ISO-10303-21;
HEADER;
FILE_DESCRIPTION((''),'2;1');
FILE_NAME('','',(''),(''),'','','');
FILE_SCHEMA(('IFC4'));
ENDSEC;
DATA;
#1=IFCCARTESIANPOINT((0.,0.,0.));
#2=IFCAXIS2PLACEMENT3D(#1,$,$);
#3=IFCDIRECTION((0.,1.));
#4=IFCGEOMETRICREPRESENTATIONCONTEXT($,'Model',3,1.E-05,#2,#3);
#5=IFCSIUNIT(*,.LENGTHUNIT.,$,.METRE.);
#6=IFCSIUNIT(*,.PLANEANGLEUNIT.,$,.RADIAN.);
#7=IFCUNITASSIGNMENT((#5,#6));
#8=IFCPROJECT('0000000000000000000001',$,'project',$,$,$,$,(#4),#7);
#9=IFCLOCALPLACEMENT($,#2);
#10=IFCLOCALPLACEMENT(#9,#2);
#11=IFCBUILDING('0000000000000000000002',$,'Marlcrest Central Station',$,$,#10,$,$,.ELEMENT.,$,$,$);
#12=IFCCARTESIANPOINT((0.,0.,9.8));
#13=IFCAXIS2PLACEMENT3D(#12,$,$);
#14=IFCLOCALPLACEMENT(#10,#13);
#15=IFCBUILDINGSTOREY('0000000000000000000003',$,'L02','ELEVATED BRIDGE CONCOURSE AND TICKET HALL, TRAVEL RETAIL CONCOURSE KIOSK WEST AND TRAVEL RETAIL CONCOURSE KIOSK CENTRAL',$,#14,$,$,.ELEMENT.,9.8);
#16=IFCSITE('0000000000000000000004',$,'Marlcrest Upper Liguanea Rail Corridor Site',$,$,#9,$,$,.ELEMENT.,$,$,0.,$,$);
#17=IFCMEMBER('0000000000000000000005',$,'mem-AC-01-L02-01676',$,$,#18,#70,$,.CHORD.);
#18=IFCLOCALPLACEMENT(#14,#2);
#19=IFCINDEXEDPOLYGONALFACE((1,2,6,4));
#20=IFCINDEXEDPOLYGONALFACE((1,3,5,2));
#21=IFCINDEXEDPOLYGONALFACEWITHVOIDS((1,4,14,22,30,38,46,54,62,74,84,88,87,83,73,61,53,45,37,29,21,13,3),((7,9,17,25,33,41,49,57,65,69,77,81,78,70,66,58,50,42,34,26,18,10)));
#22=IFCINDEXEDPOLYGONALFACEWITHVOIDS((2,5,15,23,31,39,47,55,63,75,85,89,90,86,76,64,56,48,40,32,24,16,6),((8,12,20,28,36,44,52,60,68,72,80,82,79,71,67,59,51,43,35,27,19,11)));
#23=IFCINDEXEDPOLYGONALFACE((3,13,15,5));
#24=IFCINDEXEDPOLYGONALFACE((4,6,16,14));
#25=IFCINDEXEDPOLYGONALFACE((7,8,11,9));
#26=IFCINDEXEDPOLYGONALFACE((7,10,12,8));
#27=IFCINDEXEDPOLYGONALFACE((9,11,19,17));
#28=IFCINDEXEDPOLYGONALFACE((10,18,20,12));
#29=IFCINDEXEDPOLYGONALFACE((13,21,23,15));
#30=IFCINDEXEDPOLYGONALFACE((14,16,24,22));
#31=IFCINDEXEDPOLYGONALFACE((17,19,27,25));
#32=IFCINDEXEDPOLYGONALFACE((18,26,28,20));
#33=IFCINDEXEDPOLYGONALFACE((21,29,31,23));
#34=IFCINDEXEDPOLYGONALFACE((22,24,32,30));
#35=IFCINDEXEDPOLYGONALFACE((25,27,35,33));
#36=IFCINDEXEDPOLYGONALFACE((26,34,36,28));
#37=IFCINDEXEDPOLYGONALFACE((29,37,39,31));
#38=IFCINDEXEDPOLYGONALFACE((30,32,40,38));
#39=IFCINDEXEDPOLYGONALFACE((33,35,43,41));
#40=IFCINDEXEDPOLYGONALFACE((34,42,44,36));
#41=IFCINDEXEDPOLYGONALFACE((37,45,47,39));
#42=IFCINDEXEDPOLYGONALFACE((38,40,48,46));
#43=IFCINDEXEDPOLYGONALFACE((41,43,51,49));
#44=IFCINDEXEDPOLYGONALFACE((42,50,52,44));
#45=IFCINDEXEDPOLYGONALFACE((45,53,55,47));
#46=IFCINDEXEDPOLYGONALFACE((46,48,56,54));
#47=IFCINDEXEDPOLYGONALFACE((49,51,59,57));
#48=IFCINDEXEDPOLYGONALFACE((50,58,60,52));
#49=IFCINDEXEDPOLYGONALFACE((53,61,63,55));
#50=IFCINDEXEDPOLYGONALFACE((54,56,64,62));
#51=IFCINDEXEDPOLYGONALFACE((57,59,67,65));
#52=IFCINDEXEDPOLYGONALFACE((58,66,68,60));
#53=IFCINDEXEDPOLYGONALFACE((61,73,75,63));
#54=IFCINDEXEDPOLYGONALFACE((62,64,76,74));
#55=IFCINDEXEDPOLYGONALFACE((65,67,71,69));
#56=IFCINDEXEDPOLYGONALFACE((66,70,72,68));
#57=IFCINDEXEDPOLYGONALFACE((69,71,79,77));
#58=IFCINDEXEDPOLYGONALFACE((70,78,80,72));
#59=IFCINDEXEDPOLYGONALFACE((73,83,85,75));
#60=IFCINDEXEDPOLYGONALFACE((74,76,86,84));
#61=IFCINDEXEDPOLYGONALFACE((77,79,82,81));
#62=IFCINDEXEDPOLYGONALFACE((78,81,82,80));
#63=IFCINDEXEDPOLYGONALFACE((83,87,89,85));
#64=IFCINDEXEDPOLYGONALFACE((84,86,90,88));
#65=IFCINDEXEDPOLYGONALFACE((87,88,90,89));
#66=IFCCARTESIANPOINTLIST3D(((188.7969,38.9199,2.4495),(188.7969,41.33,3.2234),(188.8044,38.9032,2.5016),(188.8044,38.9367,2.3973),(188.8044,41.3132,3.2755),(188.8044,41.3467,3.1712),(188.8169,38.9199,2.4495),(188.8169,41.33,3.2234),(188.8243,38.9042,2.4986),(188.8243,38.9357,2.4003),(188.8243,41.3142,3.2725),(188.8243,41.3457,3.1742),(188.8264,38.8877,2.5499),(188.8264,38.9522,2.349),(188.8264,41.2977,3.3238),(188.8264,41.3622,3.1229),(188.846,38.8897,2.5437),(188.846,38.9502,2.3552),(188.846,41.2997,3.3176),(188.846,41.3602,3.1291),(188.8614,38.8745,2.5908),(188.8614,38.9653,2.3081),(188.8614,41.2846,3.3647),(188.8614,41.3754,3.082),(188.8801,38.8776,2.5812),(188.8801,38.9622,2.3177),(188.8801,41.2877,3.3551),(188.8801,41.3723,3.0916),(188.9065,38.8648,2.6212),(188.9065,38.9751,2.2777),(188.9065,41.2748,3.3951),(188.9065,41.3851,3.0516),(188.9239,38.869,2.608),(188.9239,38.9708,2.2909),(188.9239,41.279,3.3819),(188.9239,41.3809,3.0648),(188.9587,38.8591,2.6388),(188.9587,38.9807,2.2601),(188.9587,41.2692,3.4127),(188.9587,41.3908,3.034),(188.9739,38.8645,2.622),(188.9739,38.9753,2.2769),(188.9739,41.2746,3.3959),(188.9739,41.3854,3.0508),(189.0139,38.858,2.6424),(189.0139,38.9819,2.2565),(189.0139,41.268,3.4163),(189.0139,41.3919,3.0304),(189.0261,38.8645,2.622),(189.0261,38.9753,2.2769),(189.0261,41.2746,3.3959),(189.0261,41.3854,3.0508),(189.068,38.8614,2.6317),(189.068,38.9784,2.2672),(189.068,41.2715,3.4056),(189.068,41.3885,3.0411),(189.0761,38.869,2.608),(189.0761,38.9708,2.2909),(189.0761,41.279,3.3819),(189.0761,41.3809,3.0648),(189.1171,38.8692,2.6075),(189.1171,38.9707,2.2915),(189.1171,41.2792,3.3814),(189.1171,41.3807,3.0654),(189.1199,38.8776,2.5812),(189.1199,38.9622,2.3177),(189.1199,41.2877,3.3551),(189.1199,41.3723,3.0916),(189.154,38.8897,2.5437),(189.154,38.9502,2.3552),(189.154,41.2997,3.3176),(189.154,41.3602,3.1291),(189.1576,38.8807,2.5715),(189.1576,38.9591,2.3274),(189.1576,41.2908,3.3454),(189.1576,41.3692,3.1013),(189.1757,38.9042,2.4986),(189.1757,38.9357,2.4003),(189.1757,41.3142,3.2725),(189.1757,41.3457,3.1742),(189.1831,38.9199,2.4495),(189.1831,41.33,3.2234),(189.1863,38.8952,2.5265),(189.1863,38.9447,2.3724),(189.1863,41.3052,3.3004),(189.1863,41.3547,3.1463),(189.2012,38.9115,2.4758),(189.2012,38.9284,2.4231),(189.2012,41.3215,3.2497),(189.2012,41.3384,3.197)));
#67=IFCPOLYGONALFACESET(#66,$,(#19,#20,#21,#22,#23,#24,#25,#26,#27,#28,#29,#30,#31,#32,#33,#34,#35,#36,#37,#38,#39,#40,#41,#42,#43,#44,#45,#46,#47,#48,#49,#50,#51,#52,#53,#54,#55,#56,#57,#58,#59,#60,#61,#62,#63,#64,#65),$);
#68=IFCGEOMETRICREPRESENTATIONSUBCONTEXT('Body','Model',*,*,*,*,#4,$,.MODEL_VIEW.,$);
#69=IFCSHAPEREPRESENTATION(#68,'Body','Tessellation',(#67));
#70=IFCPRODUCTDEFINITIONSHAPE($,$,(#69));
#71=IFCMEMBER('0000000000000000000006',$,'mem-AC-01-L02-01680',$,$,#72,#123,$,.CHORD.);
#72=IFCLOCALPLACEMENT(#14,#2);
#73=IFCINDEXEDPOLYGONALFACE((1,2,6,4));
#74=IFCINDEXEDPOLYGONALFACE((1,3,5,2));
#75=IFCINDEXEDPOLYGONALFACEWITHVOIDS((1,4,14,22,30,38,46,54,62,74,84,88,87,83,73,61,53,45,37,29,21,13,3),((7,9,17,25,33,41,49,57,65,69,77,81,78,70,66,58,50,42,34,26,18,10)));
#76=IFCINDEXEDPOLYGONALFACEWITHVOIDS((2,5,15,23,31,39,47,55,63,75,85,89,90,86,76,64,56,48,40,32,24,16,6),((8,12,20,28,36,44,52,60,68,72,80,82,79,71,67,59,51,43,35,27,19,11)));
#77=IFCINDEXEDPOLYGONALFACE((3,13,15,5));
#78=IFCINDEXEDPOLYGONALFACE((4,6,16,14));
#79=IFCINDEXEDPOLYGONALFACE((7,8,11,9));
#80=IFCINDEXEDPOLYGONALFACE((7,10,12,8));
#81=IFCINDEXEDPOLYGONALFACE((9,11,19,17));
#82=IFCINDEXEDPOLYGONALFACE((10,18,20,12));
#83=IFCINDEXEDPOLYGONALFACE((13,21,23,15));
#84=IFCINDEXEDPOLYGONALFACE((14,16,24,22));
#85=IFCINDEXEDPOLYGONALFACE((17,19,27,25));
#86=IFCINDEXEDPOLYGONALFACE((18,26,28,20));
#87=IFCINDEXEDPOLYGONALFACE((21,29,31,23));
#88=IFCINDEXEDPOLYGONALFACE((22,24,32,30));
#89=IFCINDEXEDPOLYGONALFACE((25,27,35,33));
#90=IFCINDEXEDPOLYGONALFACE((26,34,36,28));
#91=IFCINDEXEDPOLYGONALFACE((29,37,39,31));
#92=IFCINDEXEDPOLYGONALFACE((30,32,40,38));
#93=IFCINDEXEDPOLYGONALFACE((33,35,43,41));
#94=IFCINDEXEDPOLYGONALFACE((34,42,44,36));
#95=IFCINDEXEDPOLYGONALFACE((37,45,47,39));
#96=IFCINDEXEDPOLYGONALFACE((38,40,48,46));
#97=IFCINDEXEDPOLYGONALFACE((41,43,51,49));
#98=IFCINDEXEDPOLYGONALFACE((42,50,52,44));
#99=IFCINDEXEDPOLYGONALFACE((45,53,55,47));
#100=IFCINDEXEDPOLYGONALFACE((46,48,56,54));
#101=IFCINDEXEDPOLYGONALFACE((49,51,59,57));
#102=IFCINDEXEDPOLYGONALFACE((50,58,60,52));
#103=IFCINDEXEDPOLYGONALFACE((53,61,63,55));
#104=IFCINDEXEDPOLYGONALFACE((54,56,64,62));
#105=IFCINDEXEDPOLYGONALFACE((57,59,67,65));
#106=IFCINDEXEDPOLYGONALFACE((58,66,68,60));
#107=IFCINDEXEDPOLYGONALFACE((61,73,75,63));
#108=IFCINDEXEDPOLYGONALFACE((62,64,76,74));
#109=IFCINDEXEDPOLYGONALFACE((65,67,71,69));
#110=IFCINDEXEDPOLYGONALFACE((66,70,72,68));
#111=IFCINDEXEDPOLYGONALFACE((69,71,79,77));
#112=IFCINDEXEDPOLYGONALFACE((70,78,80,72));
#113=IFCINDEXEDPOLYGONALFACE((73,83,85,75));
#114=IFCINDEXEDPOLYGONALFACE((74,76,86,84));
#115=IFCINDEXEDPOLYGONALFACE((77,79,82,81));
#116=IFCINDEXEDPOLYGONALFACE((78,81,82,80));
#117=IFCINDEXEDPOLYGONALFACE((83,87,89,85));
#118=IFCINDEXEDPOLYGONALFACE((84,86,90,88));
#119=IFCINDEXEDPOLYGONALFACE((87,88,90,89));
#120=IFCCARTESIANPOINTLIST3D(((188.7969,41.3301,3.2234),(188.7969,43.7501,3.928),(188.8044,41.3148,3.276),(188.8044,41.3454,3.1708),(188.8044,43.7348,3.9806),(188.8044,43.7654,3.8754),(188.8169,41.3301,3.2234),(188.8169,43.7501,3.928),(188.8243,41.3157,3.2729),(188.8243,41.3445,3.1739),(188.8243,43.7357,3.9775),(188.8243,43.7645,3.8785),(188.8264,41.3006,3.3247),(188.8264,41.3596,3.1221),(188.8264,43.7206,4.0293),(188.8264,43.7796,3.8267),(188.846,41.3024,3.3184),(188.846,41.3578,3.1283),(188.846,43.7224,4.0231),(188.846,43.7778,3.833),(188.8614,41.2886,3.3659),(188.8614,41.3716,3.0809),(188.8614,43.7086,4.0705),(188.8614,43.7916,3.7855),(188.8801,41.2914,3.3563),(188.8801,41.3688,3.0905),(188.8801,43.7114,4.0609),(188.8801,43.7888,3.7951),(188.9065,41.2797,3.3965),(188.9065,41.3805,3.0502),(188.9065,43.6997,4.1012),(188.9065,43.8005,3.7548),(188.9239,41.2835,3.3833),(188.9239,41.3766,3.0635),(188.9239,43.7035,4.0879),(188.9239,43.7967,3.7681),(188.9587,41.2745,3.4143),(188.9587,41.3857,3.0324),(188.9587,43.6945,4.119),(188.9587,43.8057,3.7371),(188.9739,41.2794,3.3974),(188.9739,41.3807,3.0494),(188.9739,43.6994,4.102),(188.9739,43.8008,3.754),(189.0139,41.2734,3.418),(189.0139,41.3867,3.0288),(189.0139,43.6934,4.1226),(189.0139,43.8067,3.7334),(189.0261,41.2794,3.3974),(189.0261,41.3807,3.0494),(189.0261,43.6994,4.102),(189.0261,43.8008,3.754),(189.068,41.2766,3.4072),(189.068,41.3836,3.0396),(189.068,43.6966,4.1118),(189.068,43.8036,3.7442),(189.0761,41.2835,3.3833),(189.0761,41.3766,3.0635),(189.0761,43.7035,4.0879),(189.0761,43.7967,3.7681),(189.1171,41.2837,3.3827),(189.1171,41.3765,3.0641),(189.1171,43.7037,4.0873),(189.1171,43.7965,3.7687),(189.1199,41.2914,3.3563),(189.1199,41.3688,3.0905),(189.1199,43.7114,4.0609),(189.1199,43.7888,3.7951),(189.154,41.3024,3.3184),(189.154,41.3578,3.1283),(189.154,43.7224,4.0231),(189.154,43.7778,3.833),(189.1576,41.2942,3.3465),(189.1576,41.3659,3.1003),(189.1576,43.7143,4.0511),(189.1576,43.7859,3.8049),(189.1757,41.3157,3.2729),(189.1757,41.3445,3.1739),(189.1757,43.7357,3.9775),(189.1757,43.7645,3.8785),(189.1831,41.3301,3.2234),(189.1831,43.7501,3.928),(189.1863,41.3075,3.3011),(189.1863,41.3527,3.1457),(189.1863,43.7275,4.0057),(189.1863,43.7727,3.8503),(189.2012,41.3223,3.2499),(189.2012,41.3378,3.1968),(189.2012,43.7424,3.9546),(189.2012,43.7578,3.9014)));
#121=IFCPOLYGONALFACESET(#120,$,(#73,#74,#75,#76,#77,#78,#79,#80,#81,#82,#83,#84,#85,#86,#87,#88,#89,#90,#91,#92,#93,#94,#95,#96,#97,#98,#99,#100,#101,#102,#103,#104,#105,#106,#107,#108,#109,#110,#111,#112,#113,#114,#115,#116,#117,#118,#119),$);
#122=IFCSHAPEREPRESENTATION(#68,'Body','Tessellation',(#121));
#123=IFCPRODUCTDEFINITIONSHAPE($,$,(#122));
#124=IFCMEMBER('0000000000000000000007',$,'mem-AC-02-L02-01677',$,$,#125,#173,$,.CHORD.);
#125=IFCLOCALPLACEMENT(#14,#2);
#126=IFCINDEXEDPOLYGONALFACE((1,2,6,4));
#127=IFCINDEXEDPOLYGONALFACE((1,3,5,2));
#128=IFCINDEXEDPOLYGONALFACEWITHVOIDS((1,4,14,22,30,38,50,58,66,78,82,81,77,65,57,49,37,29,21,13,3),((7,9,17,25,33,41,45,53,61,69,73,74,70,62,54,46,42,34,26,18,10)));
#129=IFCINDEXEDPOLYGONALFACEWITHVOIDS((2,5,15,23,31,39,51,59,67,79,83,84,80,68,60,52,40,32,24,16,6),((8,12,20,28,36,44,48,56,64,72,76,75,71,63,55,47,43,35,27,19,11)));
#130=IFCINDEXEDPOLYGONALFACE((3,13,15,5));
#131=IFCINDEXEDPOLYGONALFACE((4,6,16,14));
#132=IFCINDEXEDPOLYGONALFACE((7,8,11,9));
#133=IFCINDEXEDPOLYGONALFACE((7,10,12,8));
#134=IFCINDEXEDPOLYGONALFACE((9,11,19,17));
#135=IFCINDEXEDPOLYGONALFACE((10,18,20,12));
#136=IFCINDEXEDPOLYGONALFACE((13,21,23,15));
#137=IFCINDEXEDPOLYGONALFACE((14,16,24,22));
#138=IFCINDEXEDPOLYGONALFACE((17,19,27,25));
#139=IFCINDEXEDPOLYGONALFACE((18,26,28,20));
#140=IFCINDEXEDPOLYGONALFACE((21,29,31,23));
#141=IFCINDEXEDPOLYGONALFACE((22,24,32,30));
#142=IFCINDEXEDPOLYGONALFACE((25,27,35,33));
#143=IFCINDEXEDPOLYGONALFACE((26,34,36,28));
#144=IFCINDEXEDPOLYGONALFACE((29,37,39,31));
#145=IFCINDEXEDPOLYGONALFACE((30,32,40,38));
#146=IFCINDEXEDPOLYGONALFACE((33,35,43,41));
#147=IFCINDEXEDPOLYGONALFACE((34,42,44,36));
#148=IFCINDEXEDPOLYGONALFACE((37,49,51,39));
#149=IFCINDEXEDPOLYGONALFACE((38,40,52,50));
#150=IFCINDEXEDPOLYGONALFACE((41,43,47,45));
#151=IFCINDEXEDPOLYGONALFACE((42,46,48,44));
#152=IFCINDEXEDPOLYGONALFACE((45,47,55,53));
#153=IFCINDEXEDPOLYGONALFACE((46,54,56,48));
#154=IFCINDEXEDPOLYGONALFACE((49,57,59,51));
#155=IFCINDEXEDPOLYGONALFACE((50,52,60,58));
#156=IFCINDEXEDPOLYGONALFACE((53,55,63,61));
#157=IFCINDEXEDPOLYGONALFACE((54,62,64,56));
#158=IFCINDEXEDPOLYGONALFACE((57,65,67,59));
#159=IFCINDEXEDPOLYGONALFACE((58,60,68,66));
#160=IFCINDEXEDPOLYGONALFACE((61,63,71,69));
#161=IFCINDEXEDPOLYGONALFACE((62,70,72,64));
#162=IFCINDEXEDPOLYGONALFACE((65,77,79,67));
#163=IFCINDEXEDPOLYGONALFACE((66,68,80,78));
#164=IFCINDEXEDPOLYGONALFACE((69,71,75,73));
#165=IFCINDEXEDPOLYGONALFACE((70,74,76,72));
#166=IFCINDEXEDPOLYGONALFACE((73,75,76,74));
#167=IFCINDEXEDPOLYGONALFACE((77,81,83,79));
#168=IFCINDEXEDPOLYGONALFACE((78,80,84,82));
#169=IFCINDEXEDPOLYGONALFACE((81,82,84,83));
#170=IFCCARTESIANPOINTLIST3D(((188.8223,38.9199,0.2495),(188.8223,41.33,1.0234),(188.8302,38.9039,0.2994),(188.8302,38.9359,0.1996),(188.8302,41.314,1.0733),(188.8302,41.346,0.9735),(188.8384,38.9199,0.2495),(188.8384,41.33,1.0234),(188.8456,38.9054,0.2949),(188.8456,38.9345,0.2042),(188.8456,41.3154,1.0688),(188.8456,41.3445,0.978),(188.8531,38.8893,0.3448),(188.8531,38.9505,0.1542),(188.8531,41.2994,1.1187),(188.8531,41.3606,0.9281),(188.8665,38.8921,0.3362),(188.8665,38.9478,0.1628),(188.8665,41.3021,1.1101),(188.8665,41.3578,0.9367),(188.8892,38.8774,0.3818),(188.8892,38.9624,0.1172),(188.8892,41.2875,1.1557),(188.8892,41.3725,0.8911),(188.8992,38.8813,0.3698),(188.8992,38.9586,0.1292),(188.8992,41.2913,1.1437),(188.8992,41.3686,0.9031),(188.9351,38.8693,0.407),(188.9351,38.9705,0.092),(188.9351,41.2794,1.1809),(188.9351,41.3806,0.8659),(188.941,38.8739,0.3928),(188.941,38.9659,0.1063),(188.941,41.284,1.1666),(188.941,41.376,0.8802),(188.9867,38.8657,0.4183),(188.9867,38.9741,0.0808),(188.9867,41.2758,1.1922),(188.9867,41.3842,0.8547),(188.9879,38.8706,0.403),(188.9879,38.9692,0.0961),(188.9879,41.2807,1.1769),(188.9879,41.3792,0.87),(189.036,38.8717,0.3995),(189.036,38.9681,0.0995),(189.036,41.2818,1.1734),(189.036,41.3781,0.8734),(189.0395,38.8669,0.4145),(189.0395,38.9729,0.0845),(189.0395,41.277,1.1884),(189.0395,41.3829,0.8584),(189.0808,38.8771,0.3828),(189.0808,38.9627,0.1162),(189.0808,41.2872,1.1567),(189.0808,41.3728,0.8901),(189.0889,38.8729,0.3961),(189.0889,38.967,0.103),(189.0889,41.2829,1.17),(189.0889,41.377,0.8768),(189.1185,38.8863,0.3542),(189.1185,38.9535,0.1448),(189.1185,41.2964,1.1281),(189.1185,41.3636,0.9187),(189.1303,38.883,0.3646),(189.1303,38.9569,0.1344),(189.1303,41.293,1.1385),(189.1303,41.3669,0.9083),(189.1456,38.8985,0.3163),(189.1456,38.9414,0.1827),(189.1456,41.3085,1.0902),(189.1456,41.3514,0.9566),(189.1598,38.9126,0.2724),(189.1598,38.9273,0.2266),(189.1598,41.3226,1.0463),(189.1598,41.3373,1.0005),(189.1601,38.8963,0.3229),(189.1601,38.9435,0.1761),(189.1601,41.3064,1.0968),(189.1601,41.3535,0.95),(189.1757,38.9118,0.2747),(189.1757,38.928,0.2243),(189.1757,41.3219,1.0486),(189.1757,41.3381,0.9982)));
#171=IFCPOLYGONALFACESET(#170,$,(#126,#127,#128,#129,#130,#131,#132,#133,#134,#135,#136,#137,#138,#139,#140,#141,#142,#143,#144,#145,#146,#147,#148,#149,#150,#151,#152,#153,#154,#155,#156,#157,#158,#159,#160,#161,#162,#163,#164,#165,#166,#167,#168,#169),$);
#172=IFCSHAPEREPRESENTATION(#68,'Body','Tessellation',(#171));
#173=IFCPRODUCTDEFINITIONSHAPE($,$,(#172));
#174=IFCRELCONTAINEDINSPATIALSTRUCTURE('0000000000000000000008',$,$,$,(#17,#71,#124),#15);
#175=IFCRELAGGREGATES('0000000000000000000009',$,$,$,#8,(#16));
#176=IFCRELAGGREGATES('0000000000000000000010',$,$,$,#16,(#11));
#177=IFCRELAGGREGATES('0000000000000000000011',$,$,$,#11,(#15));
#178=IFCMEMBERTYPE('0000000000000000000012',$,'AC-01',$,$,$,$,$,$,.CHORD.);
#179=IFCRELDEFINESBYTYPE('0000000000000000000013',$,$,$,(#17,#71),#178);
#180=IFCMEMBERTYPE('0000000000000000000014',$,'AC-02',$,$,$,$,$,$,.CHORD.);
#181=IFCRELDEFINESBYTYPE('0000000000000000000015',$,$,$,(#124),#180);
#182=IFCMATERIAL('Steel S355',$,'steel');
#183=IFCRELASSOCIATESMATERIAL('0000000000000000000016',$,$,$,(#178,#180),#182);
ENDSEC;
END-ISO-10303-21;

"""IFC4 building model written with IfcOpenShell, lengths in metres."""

from ifc_helpers import new_model, si_unit, direction, frame, origin, origin_2d, place, context, subcontext, project, spatial, hollow_circle, extrude, material, material_profile, profile_set, type_object, element, save


model = new_model("IFC4")

# Units and contexts
model_context = context("Model", 3, precision=1e-05, world=origin(), true_north=direction((0.0, 1.0)))
body_context = subcontext(model_context, "Body", "Model", "MODEL_VIEW")
ifc_project = project(units=[si_unit("LENGTHUNIT", "METRE"), si_unit("PLANEANGLEUNIT", "RADIAN")], contexts=[model_context])

# Site, building, storey
site_placement = place(None, origin())
site = spatial("IfcSite", under=ifc_project, at=site_placement, Name="Marlcrest Upper Liguanea Rail Corridor Site", CompositionType="ELEMENT", RefElevation=0.0)
building_placement = place(site_placement, origin())
building = spatial("IfcBuilding", under=site, at=building_placement, Name="Marlcrest Central Station", CompositionType="ELEMENT")
storey_placement = place(building_placement, frame((0.0, 0.0, 9.8)))
storey = spatial("IfcBuildingStorey", under=building, at=storey_placement, Name="L02", Description="ELEVATED BRIDGE CONCOURSE AND TICKET HALL, TRAVEL RETAIL CONCOURSE KIOSK WEST AND TRAVEL RETAIL CONCOURSE KIOSK CENTRAL", CompositionType="ELEMENT", Elevation=9.8)

# Members
ifc_material_1 = material(Name="Steel S355", Category="steel")
ifc_material_profile_1 = material_profile(ifc_material_1, hollow_circle(Radius=0.2031, WallThickness=0.02, at=origin_2d()), Name="CHS 406.4x20")
ifc_profile_set_1 = profile_set([ifc_material_profile_1], Name="Steel S355")
member_type_1 = type_object("IfcMemberType", Name="AC-01", PredefinedType="CHORD", material=ifc_profile_set_1)
member_1_placement = place(storey_placement, frame((189.0, 38.9199, 2.4495), z_axis=(0.0, 0.952117, 0.305734), x_axis=(-1.0, 0.0, 0.0)))
element("IfcMember", 1, at=member_1_placement, inside=storey, type_object=member_type_1, Name="mem-AC-01-L02-01676", PredefinedType="CHORD", context=body_context, shape_type="SweptSolid", body=[
    extrude(hollow_circle(Radius=0.2031, WallThickness=0.02, at=origin_2d()), origin(), (0.0, 0.0, 1.0), 2.5312),
])
member_2_placement = place(storey_placement, frame((189.0, 41.3301, 3.2234), z_axis=(0.0, 0.96013, 0.279554), x_axis=(-1.0, 0.0, 0.0)))
element("IfcMember", 2, at=member_2_placement, inside=storey, type_object=member_type_1, Name="mem-AC-01-L02-01680", PredefinedType="CHORD", context=body_context, shape_type="SweptSolid", body=[
    extrude(hollow_circle(Radius=0.2031, WallThickness=0.02, at=origin_2d()), origin(), (0.0, 0.0, 1.0), 2.5205),
])
ifc_material_profile_2 = material_profile(ifc_material_1, hollow_circle(Radius=0.1777, WallThickness=0.0161, at=origin_2d()), Name="CHS 355.6x16")
ifc_profile_set_2 = profile_set([ifc_material_profile_2], Name="Steel S355")
member_type_2 = type_object("IfcMemberType", Name="AC-02", PredefinedType="CHORD", material=ifc_profile_set_2)
member_3_placement = place(storey_placement, frame((189.0, 38.9199, 0.2495), z_axis=(0.0, 0.952117, 0.305734), x_axis=(-1.0, 0.0, 0.0)))
element("IfcMember", 3, at=member_3_placement, inside=storey, type_object=member_type_2, Name="mem-AC-02-L02-01677", PredefinedType="CHORD", context=body_context, shape_type="SweptSolid", body=[
    extrude(hollow_circle(Radius=0.1777, WallThickness=0.0161, at=origin_2d()), origin(), (0.0, 0.0, 1.0), 2.5312),
])

save(model, "model.ifc")
